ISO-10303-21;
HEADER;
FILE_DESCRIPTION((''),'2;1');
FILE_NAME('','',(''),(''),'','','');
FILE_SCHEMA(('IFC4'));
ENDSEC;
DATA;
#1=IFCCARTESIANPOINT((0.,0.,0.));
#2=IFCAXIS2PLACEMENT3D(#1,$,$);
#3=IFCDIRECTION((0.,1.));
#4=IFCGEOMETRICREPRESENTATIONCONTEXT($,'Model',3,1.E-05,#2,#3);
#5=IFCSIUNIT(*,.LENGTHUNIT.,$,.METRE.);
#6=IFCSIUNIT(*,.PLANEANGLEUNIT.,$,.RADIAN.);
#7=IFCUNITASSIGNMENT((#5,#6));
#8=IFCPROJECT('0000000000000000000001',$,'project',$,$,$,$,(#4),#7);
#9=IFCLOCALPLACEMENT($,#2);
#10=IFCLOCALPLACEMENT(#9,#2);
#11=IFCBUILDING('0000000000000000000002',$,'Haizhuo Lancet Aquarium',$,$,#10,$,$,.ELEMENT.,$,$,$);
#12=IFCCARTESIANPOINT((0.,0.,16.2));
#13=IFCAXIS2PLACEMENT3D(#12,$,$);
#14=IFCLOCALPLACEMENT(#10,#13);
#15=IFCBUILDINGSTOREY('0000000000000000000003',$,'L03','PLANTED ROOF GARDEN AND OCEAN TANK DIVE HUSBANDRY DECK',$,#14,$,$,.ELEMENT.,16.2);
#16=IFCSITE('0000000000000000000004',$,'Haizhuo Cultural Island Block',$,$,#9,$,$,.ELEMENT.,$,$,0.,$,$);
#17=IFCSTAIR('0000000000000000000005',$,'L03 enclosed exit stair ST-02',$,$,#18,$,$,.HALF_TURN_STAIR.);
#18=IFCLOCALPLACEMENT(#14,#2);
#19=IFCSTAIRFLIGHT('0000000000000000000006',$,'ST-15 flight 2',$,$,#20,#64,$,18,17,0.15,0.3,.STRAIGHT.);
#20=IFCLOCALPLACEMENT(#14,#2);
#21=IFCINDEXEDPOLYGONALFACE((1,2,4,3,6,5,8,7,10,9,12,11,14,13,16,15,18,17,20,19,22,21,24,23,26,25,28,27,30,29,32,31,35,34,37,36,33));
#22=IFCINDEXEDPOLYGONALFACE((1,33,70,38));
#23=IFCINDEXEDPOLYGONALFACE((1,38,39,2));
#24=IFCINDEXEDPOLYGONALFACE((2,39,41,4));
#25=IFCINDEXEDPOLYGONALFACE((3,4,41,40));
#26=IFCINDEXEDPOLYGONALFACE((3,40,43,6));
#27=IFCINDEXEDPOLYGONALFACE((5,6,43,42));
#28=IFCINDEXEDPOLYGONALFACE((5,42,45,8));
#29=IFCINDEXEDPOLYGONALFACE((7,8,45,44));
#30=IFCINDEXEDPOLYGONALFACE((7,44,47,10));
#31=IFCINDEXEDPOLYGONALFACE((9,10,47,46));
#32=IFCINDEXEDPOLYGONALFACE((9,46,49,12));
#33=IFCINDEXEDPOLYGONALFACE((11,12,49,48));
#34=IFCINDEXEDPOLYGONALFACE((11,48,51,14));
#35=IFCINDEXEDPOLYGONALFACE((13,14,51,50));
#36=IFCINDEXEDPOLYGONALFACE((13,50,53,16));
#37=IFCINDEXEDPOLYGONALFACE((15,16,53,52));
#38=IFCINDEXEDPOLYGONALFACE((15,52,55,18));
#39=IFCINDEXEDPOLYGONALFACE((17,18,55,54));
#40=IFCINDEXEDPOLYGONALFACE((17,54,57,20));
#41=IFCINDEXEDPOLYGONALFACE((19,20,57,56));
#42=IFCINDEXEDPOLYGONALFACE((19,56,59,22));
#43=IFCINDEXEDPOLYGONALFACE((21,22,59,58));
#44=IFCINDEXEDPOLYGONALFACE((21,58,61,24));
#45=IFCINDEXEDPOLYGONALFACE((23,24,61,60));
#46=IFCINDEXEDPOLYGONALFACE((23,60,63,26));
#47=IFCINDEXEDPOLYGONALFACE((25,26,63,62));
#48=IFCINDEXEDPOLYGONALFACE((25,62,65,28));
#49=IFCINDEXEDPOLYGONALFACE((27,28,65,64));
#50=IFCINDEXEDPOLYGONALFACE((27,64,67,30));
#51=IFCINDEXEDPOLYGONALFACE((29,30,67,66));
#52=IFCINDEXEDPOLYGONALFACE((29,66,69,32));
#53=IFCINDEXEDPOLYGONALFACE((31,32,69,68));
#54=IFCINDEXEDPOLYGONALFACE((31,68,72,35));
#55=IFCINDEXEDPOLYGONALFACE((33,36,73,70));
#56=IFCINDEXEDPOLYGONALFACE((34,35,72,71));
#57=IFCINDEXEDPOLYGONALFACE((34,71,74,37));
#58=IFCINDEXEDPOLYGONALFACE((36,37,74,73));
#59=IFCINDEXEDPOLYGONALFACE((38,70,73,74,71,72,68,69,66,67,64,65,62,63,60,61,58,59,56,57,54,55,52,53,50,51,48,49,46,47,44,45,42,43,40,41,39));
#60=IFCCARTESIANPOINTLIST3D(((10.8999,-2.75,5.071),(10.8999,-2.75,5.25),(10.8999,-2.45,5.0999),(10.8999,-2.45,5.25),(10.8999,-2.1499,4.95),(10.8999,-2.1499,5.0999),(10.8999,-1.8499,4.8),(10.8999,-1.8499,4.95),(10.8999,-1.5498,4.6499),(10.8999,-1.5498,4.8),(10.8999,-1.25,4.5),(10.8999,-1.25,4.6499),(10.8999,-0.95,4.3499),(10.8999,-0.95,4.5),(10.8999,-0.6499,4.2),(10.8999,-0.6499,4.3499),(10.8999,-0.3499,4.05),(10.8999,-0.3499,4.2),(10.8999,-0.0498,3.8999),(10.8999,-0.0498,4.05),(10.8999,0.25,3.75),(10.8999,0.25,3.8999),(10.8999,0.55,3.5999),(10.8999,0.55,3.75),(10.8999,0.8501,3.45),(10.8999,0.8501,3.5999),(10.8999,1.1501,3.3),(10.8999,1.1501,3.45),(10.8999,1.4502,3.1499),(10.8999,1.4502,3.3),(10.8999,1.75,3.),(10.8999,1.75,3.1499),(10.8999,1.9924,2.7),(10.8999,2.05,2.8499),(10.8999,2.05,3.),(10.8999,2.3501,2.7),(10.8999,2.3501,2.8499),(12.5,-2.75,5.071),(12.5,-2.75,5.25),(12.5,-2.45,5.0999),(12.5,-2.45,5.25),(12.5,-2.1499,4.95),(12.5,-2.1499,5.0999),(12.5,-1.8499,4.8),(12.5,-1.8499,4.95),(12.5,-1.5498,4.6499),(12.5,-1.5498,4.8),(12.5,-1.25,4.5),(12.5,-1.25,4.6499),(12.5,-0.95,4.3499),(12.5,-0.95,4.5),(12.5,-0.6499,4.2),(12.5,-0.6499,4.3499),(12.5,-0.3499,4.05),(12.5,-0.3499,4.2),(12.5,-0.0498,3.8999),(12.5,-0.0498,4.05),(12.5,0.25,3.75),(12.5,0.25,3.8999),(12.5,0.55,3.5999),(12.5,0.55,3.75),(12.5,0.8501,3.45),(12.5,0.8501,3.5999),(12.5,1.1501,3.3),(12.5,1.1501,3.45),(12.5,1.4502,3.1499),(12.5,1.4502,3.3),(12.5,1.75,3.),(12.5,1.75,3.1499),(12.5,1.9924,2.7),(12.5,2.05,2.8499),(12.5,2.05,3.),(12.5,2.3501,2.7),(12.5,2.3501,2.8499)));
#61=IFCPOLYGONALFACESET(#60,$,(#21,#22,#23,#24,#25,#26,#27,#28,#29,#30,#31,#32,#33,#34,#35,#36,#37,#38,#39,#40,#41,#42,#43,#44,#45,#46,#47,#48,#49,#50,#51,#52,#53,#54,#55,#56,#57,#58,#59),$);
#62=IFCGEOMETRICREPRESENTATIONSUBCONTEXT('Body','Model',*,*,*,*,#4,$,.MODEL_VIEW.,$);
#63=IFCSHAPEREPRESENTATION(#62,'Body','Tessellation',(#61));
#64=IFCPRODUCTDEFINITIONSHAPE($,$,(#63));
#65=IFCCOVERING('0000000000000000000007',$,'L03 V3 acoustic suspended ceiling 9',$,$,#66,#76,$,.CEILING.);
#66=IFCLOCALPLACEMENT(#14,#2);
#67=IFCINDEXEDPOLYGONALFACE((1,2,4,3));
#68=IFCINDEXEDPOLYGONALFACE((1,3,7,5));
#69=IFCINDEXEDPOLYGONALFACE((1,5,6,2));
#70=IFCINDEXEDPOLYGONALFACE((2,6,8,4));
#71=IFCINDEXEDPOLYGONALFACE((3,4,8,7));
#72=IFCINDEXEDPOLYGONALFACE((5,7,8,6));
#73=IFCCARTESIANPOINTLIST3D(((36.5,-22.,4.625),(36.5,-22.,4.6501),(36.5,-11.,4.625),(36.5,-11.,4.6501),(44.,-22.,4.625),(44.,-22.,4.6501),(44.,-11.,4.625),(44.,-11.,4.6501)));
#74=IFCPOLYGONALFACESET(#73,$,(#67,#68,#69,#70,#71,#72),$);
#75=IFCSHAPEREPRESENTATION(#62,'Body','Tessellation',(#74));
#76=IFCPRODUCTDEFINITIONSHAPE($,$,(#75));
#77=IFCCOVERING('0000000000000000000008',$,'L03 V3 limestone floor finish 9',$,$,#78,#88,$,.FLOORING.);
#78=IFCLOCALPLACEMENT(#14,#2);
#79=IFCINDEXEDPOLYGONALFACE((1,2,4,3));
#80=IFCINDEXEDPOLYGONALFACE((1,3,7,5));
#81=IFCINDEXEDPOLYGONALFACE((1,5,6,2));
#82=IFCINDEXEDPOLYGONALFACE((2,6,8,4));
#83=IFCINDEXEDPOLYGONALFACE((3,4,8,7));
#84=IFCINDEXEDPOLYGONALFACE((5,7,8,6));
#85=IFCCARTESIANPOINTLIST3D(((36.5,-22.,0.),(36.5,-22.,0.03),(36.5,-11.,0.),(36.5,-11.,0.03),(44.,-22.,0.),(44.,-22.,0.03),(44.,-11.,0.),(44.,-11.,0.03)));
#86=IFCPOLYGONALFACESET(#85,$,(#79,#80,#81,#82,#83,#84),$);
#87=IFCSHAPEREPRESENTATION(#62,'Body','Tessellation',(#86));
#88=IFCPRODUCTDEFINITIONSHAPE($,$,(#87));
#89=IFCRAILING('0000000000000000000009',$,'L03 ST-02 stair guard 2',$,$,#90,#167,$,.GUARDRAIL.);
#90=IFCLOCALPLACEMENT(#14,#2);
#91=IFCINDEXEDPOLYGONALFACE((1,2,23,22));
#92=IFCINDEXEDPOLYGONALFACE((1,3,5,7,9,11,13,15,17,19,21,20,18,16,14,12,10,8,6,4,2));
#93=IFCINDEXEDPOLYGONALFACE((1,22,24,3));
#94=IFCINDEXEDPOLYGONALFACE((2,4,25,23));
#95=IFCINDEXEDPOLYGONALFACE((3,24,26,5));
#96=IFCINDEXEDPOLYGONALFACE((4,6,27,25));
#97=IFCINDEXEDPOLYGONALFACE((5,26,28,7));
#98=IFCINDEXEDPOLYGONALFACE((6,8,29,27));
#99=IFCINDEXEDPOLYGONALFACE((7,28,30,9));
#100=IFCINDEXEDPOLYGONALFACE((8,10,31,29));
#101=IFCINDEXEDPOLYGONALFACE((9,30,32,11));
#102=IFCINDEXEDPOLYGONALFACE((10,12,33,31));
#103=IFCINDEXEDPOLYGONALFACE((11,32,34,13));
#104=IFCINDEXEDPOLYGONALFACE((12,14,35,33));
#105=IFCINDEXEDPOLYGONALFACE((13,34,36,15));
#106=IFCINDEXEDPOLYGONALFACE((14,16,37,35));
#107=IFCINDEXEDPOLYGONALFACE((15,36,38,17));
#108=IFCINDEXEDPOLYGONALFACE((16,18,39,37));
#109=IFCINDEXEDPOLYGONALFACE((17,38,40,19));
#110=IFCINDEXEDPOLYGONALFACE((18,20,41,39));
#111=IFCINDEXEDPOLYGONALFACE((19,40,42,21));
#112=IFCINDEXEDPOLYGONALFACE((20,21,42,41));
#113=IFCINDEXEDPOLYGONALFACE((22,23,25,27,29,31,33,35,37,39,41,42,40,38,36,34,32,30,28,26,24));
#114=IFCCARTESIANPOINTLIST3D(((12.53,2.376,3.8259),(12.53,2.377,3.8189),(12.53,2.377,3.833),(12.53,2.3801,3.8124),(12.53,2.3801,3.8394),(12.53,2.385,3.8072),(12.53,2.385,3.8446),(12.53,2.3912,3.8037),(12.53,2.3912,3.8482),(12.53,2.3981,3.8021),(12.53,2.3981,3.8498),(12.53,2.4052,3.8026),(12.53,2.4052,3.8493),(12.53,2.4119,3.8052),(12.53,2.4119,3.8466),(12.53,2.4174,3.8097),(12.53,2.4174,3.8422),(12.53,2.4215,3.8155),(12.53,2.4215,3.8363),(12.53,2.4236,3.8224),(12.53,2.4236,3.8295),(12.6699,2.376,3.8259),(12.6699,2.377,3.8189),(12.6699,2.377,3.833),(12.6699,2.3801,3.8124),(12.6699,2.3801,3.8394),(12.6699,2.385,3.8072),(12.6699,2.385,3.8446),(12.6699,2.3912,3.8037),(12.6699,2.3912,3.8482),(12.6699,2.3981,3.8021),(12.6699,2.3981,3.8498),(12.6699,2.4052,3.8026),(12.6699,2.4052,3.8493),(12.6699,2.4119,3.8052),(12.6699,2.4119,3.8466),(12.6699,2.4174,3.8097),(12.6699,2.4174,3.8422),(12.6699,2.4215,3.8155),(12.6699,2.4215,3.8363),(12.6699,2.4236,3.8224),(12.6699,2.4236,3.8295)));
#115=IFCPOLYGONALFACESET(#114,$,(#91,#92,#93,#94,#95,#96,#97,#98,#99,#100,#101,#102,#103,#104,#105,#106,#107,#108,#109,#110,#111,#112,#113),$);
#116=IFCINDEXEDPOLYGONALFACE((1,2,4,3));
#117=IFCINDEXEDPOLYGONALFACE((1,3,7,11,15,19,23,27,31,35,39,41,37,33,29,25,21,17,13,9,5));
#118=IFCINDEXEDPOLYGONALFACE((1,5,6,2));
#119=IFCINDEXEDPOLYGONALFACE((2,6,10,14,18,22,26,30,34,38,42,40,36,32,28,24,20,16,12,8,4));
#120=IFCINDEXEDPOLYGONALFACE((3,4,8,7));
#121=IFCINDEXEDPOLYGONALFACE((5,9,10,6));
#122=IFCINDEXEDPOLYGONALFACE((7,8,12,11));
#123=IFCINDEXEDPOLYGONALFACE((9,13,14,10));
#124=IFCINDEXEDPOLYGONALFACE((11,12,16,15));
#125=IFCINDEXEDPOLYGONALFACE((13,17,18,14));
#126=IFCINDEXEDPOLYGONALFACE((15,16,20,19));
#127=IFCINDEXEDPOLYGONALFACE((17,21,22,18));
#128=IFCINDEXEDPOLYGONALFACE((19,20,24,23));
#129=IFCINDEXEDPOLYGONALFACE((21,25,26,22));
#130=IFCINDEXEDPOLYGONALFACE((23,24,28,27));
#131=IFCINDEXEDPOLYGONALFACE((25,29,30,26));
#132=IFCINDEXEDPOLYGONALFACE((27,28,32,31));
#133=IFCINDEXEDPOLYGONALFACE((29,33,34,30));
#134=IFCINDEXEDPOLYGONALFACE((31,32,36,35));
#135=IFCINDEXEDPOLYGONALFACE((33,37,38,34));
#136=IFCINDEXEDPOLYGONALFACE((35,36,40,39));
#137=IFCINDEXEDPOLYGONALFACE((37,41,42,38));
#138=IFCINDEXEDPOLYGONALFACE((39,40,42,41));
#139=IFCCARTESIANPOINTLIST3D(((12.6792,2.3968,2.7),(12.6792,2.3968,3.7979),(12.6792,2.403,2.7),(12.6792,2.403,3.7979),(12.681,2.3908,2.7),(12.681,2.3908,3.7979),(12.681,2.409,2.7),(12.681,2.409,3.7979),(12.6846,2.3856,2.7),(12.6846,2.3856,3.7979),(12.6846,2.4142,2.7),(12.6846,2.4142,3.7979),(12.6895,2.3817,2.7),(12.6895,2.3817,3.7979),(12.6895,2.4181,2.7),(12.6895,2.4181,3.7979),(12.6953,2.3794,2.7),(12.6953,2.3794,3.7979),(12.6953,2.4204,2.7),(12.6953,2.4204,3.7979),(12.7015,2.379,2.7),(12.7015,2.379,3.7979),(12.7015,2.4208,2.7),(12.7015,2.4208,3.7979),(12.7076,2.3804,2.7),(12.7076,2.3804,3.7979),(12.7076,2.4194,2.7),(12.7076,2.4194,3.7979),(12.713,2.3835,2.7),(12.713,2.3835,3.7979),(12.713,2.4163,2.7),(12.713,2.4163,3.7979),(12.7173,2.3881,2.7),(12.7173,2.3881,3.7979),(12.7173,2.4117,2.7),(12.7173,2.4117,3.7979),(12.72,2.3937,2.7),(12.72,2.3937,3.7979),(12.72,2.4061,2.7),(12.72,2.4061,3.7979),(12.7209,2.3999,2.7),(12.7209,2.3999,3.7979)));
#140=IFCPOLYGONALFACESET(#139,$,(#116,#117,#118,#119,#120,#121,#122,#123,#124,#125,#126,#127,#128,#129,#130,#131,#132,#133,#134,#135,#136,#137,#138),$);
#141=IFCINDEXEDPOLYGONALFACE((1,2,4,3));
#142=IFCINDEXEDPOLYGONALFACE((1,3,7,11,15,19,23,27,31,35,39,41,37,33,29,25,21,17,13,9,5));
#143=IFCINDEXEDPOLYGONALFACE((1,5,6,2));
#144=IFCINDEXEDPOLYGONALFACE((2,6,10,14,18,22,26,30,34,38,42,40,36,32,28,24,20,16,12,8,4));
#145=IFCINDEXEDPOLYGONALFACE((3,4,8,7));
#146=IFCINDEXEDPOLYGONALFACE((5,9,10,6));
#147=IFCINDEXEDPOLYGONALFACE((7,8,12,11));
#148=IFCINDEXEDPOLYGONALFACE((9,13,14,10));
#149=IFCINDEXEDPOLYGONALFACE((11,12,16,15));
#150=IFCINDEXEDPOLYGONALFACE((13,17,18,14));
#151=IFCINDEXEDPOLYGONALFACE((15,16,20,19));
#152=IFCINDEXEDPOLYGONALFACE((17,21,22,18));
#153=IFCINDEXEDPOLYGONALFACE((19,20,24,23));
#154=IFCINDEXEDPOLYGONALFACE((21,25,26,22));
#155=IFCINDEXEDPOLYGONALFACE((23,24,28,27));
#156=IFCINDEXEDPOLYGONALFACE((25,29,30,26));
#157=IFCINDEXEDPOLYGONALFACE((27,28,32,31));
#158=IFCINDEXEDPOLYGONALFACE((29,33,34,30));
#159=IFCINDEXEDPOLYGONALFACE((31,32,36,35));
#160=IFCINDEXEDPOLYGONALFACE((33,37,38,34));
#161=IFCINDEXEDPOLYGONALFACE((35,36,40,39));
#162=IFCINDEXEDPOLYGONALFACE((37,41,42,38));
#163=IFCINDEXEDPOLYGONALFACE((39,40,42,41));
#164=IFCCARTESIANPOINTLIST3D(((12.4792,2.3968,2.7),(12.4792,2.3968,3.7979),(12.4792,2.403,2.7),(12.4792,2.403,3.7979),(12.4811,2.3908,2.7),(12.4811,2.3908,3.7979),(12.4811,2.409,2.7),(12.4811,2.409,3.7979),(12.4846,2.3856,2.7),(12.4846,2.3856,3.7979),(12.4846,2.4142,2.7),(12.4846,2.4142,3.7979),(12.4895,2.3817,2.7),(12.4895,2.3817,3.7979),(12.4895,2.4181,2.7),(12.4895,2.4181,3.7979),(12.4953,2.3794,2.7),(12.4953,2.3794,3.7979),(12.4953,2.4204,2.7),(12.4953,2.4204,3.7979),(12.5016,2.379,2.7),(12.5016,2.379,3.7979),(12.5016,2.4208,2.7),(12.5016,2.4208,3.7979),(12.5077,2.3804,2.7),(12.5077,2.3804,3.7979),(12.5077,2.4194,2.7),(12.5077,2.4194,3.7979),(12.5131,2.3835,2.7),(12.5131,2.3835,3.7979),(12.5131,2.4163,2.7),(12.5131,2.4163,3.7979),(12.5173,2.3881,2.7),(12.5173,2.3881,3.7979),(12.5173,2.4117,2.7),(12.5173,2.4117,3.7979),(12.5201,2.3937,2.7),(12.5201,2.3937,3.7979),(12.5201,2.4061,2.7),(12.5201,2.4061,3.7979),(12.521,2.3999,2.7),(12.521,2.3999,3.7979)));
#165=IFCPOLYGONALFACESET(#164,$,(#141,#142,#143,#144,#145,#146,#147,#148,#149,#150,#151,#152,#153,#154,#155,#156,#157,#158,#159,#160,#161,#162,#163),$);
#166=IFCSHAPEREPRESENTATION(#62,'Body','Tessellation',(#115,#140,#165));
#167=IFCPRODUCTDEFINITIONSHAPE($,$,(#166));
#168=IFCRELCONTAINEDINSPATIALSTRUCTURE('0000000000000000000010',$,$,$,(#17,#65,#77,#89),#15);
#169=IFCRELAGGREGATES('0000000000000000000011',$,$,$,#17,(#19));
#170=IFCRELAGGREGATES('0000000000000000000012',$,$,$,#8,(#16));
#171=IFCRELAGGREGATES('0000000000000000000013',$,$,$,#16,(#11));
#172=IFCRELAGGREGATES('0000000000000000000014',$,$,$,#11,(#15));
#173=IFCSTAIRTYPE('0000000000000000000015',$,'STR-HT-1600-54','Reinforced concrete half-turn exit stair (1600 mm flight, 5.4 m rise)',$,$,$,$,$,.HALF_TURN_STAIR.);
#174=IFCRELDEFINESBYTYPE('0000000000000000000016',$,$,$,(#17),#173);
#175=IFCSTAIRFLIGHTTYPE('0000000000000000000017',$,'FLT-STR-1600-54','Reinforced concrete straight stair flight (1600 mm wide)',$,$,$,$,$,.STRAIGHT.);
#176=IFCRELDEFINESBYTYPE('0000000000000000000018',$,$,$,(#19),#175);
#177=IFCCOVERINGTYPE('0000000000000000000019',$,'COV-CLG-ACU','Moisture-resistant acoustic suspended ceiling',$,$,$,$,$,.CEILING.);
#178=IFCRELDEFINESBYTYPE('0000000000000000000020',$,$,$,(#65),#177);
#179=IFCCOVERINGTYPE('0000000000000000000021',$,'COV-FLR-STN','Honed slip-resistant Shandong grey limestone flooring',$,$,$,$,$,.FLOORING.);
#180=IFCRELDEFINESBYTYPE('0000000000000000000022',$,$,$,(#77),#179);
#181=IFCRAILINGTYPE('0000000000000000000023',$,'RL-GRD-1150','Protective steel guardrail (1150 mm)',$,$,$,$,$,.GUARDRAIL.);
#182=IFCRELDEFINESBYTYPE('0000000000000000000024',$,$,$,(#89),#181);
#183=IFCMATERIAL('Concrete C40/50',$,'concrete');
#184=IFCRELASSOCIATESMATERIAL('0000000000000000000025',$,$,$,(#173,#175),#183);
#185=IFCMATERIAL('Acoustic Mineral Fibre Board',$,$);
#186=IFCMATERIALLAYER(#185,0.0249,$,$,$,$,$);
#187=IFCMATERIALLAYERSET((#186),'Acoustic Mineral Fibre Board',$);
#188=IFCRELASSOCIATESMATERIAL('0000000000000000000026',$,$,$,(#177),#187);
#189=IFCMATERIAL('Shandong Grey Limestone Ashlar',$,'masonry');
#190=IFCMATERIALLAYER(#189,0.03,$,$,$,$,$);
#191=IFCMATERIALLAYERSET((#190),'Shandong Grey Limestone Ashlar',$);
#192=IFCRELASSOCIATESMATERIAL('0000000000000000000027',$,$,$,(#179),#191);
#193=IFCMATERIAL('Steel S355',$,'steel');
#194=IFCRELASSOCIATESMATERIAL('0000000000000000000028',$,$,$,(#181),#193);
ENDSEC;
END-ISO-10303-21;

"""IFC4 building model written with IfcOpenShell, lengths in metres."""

from ifc_helpers import new_model, si_unit, direction, frame, origin, origin_2d, place, context, subcontext, project, spatial, polyline, circle, outline, extrude, material, layer, layer_set, type_object, element, aggregate, save


model = new_model("IFC4")

# Units and contexts
model_context = context("Model", 3, precision=1e-05, world=origin(), true_north=direction((0.0, 1.0)))
body_context = subcontext(model_context, "Body", "Model", "MODEL_VIEW")
ifc_project = project(units=[si_unit("LENGTHUNIT", "METRE"), si_unit("PLANEANGLEUNIT", "RADIAN")], contexts=[model_context])

# Site, building, storey
site_placement = place(None, origin())
site = spatial("IfcSite", under=ifc_project, at=site_placement, Name="Haizhuo Cultural Island Block", CompositionType="ELEMENT", RefElevation=0.0)
building_placement = place(site_placement, origin())
building = spatial("IfcBuilding", under=site, at=building_placement, Name="Haizhuo Lancet Aquarium", CompositionType="ELEMENT")
storey_placement = place(building_placement, frame((0.0, 0.0, 16.2)))
storey = spatial("IfcBuildingStorey", under=building, at=storey_placement, Name="L03", Description="PLANTED ROOF GARDEN AND OCEAN TANK DIVE HUSBANDRY DECK", CompositionType="ELEMENT", Elevation=16.2)

# Shared definitions
ifc_material_1 = material(Name="Concrete C40/50", Category="concrete")
ifc_material_2 = material(Name="Steel S355", Category="steel")

# Stair
stair_type_1 = type_object("IfcStairType", Name="STR-HT-1600-54", Description="Reinforced concrete half-turn exit stair (1600 mm flight, 5.4 m rise)", PredefinedType="HALF_TURN_STAIR", material=ifc_material_1)
stair_1_placement = place(storey_placement, origin())
stair_1 = element("IfcStair", 1, at=stair_1_placement, inside=storey, type_object=stair_type_1, Name="L03 enclosed exit stair ST-02", PredefinedType="HALF_TURN_STAIR")

# Stair flight
stair_flight_type = type_object("IfcStairFlightType", Name="FLT-STR-1600-54", Description="Reinforced concrete straight stair flight (1600 mm wide)", PredefinedType="STRAIGHT", material=ifc_material_1)
stair_flight_placement = place(storey_placement, frame((11.7, 2.3501, 2.7), z_axis=(0.0, 0.0, 1.0), x_axis=(0.0, -1.0, 0.0)))
stair_flight = element("IfcStairFlight", 2, at=stair_flight_placement, type_object=stair_flight_type, Name="ST-15 flight 2", NumberOfRisers=18, NumberOfTreads=17, PredefinedType="STRAIGHT", RiserHeight=0.15, TreadLength=0.3, context=body_context, shape_type="SweptSolid", body=[
    extrude(outline(polyline([(0.0, 0.0), (0.0, 0.1499), (0.3, 0.1499), (0.3, 0.3), (0.6001, 0.3), (0.6001, 0.45), (0.8999, 0.45), (0.8999, 0.6001), (1.2, 0.6001), (1.2, 0.75), (1.5, 0.75), (1.5, 0.8999), (1.8, 0.8999), (1.8, 1.05), (2.1001, 1.05), (2.1001, 1.2), (2.3999, 1.2), (2.3999, 1.3501), (2.7, 1.3501), (2.7, 1.5), (3.0, 1.5), (3.0, 1.6499), (3.3, 1.6499), (3.3, 1.8), (3.6001, 1.8), (3.6001, 1.95), (3.8999, 1.95), (3.8999, 2.1001), (4.2, 2.1001), (4.2, 2.25), (4.5, 2.25), (4.5, 2.3999), (4.8, 2.3999), (4.8, 2.55), (5.1001, 2.55), (5.1001, 2.7), (5.1001, 2.3711), (0.3577, 0.0), (0.0, 0.0)])), frame((0.0, 0.8, 0.0), z_axis=(0.0, -1.0, 0.0), x_axis=(1.0, 0.0, 0.0)), (0.0, 0.0, 1.0), 1.6001),
])
aggregate(stair_1, [stair_flight])

# Coverings
ifc_material_3 = material(Name="Acoustic Mineral Fibre Board")
ifc_layer_1 = layer(ifc_material_3, 0.0249)
ifc_layer_set_1 = layer_set([ifc_layer_1], Name="Acoustic Mineral Fibre Board")
covering_type_1 = type_object("IfcCoveringType", Name="COV-CLG-ACU", Description="Moisture-resistant acoustic suspended ceiling", PredefinedType="CEILING", material=ifc_layer_set_1)
covering_1_placement = place(storey_placement, frame((0.0, 0.0, 4.625)))
element("IfcCovering", 3, at=covering_1_placement, inside=storey, type_object=covering_type_1, Name="L03 V3 acoustic suspended ceiling 9", PredefinedType="CEILING", context=body_context, shape_type="SweptSolid", body=[
    extrude(outline(polyline([(36.5, -22.0), (44.0, -22.0), (44.0, -11.0), (36.5, -11.0), (36.5, -22.0)])), origin(), (0.0, 0.0, 1.0), 0.0251),
])
ifc_material_4 = material(Name="Shandong Grey Limestone Ashlar", Category="masonry")
ifc_layer_2 = layer(ifc_material_4, 0.03)
ifc_layer_set_2 = layer_set([ifc_layer_2], Name="Shandong Grey Limestone Ashlar")
covering_type_2 = type_object("IfcCoveringType", Name="COV-FLR-STN", Description="Honed slip-resistant Shandong grey limestone flooring", PredefinedType="FLOORING", material=ifc_layer_set_2)
covering_2_placement = place(storey_placement, origin())
element("IfcCovering", 4, at=covering_2_placement, inside=storey, type_object=covering_type_2, Name="L03 V3 limestone floor finish 9", PredefinedType="FLOORING", context=body_context, shape_type="SweptSolid", body=[
    extrude(outline(polyline([(36.5, -22.0), (44.0, -22.0), (44.0, -11.0), (36.5, -11.0), (36.5, -22.0)])), origin(), (0.0, 0.0, 1.0), 0.03),
])

# Railing
railing_type_1 = type_object("IfcRailingType", Name="RL-GRD-1150", Description="Protective steel guardrail (1150 mm)", PredefinedType="GUARDRAIL", material=ifc_material_2)
railing_1_placement = place(storey_placement, frame((12.7, 2.3999, 2.7)))
element("IfcRailing", 5, at=railing_1_placement, inside=storey, type_object=railing_type_1, Name="L03 ST-02 stair guard 2", PredefinedType="GUARDRAIL", context=body_context, shape_type="SweptSolid", body=[
    extrude(circle(Radius=0.0239, at=origin_2d()), frame((-0.03, 0.0, 1.126), z_axis=(-1.0, 0.0, 0.0), x_axis=(0.0, -1.0, 0.0)), (0.0, 0.0, 1.0), 0.1399),
    extrude(circle(Radius=0.021, at=origin_2d()), origin(), (0.0, 0.0, 1.0), 1.0979),
    extrude(circle(Radius=0.021, at=origin_2d()), frame((-0.2, 0.0, 0.0)), (0.0, 0.0, 1.0), 1.0979),
])

save(model, "model.ifc")
